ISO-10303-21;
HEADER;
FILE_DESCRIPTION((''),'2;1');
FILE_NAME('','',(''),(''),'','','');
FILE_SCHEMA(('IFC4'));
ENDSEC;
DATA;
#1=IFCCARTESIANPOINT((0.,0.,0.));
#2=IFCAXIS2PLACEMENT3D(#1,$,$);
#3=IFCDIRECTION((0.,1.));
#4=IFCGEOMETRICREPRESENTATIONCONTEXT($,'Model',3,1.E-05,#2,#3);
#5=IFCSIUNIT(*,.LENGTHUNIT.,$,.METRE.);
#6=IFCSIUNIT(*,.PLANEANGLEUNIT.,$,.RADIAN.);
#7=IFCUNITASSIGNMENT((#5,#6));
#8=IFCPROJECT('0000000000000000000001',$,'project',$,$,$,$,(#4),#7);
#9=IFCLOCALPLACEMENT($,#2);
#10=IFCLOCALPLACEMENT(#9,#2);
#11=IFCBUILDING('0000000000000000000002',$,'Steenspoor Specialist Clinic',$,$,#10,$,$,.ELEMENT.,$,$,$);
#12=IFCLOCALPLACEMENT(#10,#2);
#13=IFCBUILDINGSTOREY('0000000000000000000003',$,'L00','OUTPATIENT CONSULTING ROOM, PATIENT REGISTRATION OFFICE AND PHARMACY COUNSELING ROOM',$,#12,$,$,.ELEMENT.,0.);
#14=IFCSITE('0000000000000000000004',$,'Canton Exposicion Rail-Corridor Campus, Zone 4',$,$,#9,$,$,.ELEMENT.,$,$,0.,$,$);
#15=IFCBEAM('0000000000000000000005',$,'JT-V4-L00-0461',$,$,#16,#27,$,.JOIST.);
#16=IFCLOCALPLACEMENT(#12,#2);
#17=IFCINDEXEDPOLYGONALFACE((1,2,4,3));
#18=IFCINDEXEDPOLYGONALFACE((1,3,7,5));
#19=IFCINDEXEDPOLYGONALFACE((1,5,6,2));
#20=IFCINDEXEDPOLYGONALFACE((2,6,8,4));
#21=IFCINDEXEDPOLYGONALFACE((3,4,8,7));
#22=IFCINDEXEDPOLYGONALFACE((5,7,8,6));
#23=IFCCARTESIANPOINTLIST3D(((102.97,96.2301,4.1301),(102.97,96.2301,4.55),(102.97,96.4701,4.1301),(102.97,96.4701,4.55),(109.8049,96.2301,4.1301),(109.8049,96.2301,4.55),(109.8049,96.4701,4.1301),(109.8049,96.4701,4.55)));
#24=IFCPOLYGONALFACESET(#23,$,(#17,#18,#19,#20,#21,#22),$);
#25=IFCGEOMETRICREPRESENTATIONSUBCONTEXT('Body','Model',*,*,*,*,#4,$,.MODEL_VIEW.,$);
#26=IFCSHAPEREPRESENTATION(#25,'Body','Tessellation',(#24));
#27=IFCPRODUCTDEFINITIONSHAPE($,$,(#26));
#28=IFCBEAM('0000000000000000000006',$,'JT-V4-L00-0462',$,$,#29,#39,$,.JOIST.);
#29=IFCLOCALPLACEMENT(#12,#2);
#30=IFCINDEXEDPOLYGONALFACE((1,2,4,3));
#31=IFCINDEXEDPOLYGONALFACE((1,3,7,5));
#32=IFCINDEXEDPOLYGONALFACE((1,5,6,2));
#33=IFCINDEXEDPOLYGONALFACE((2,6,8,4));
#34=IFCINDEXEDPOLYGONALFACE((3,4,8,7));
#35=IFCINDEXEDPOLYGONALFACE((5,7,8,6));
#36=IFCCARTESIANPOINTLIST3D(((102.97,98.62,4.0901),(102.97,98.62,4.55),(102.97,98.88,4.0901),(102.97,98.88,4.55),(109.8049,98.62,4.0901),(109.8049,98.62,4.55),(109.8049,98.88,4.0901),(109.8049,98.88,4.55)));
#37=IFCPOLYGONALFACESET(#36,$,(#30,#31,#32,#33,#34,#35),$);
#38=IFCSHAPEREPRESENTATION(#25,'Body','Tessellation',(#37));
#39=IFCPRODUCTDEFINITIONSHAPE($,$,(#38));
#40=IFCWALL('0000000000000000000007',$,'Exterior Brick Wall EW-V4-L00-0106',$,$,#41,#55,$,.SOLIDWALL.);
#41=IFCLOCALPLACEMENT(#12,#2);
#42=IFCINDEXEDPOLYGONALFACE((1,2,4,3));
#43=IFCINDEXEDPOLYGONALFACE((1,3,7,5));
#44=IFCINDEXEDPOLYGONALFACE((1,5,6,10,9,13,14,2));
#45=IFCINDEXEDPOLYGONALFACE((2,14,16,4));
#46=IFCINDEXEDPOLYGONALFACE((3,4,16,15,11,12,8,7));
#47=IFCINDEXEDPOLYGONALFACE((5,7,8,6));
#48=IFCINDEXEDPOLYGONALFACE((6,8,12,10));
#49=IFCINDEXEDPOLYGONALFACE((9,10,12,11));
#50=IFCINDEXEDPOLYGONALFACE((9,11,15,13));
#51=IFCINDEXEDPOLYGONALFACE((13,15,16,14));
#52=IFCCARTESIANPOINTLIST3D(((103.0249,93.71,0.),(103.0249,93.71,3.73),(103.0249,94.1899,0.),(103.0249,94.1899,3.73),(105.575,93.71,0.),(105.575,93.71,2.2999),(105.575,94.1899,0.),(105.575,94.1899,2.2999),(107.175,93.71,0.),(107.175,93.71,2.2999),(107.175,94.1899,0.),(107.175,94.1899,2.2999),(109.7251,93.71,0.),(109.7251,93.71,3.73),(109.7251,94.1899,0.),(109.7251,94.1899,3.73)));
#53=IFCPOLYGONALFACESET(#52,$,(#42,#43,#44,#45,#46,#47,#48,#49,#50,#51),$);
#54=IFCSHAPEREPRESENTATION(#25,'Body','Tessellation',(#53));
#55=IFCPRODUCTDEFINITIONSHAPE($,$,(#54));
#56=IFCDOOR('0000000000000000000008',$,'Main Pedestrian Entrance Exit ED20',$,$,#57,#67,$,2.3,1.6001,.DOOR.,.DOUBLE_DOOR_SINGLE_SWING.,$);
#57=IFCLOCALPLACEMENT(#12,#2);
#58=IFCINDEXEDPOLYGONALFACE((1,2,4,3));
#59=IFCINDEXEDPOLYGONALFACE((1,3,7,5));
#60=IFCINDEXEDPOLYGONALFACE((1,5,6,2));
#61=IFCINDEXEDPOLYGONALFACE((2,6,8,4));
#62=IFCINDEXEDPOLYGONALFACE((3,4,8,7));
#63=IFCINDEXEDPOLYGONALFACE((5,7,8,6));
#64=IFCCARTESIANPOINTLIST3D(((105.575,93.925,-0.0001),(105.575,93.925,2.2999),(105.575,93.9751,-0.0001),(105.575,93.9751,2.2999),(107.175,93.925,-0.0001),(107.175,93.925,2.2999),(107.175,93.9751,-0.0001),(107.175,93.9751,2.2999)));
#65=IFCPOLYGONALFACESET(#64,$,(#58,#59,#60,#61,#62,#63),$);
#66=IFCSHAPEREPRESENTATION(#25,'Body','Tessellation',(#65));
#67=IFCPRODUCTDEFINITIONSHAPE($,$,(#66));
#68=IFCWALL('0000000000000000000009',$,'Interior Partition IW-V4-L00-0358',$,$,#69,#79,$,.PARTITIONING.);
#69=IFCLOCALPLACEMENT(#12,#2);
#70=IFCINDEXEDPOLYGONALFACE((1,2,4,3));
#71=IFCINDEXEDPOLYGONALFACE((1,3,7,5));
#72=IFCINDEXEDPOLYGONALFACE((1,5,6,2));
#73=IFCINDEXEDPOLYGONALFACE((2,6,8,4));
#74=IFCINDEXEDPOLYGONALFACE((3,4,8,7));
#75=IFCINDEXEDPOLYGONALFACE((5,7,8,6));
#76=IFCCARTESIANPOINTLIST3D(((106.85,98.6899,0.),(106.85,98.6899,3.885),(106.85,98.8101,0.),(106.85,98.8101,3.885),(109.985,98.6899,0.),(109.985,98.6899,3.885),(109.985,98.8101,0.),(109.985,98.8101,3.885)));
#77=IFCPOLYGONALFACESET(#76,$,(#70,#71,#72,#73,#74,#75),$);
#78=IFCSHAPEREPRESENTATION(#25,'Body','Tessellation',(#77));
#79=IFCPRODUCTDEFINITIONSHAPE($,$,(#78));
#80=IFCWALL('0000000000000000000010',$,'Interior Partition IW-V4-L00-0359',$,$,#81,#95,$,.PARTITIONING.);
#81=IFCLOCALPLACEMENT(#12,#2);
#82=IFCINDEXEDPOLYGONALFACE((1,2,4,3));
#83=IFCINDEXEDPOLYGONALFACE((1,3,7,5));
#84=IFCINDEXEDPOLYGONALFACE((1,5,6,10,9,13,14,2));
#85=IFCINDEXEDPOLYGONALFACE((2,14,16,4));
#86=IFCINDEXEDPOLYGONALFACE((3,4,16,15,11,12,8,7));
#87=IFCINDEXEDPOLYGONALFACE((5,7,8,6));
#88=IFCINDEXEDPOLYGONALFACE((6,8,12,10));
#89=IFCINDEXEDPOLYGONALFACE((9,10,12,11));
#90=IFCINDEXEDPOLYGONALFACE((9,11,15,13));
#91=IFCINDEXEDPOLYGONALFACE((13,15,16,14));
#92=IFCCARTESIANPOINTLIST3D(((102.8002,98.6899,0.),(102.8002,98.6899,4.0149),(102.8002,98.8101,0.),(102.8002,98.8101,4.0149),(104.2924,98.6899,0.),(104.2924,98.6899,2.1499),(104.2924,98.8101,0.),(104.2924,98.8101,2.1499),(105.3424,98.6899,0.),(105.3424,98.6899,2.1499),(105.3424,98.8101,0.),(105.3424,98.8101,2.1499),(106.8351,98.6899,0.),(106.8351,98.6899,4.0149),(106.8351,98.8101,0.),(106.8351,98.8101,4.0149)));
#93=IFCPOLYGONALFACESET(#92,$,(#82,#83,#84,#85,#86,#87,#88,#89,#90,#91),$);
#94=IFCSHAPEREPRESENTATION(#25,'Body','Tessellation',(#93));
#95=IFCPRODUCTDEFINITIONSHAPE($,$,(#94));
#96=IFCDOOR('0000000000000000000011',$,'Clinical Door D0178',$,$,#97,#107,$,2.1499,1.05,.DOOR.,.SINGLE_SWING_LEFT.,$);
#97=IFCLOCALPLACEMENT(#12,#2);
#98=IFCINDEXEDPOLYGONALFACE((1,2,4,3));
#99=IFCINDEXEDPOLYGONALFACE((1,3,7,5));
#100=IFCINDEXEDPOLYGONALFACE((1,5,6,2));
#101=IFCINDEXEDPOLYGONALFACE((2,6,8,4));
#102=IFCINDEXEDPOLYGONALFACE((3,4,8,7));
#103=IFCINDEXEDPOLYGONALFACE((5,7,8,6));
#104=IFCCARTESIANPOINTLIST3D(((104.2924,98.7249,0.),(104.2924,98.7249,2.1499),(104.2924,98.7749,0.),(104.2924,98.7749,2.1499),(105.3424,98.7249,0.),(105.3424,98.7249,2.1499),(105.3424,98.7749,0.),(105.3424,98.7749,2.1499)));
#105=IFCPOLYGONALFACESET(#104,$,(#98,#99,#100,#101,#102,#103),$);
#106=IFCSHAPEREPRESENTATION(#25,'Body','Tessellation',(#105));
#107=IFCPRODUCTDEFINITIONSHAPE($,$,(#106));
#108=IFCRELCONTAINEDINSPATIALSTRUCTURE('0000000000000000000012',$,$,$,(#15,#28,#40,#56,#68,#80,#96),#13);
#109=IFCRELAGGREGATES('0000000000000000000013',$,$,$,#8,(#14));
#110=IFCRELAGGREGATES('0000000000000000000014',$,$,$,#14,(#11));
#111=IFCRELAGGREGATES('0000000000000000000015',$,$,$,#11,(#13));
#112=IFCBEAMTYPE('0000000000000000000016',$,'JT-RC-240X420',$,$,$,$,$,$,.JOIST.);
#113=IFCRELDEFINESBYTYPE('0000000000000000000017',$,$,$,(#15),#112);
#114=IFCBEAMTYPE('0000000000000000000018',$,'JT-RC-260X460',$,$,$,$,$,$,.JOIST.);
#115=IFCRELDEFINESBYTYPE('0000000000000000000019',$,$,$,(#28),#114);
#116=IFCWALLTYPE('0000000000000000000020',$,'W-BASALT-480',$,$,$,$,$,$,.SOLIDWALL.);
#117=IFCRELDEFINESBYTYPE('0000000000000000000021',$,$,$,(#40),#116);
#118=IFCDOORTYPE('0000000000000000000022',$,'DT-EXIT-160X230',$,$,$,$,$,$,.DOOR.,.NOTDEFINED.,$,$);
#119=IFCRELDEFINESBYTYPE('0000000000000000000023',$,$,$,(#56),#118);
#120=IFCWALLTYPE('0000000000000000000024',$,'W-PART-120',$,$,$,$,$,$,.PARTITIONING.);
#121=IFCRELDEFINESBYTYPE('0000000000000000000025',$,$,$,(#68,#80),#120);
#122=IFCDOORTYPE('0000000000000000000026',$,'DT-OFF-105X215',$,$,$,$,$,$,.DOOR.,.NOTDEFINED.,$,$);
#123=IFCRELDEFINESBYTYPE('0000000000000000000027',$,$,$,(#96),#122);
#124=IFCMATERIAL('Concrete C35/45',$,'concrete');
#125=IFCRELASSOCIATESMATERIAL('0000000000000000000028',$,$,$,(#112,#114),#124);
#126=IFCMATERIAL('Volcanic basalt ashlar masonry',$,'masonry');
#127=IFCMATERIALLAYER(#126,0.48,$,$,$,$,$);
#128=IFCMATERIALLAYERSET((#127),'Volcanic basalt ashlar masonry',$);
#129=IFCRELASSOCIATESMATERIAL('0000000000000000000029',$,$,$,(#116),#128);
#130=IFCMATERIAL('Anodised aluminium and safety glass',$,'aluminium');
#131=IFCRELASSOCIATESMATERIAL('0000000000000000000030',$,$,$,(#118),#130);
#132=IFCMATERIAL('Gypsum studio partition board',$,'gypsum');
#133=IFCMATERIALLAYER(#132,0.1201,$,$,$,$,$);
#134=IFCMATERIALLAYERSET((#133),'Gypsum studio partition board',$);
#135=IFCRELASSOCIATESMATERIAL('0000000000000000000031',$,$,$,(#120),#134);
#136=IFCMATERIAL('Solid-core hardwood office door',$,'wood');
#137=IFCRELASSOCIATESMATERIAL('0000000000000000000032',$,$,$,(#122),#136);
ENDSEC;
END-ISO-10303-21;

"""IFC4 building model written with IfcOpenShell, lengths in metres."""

from ifc_helpers import new_model, si_unit, direction, frame, frame_2d, origin, origin_2d, place, context, subcontext, project, spatial, rectangle, extrude, material, layer, layer_set, material_profile, profile_set, type_object, element, fill, save


model = new_model("IFC4")

# Units and contexts
model_context = context("Model", 3, precision=1e-05, world=origin(), true_north=direction((0.0, 1.0)))
body_context = subcontext(model_context, "Body", "Model", "MODEL_VIEW")
ifc_project = project(units=[si_unit("LENGTHUNIT", "METRE"), si_unit("PLANEANGLEUNIT", "RADIAN")], contexts=[model_context])

# Site, building, storey
site_placement = place(None, origin())
site = spatial("IfcSite", under=ifc_project, at=site_placement, Name="Canton Exposicion Rail-Corridor Campus, Zone 4", CompositionType="ELEMENT", RefElevation=0.0)
building_placement = place(site_placement, origin())
building = spatial("IfcBuilding", under=site, at=building_placement, Name="Steenspoor Specialist Clinic", CompositionType="ELEMENT")
storey_placement = place(building_placement, origin())
storey = spatial("IfcBuildingStorey", under=building, at=storey_placement, Name="L00", Description="OUTPATIENT CONSULTING ROOM, PATIENT REGISTRATION OFFICE AND PHARMACY COUNSELING ROOM", CompositionType="ELEMENT", Elevation=0.0)

# Shared definitions
ifc_material_1 = material(Name="Concrete C35/45", Category="concrete")

# Beams
ifc_material_profile_1 = material_profile(ifc_material_1, rectangle(XDim=0.24, YDim=0.4199, at=origin_2d()), Name="RC-JT-240X420")
ifc_profile_set_1 = profile_set([ifc_material_profile_1], Name="Concrete C35/45")
beam_type_1 = type_object("IfcBeamType", Name="JT-RC-240X420", PredefinedType="JOIST", material=ifc_profile_set_1)
beam_1_placement = place(storey_placement, frame((102.97, 96.3501, 4.3401), z_axis=(1.0, 0.0, 0.0), x_axis=(0.0, 1.0, 0.0)))
element("IfcBeam", 1, at=beam_1_placement, inside=storey, type_object=beam_type_1, Name="JT-V4-L00-0461", PredefinedType="JOIST", context=body_context, shape_type="SweptSolid", body=[
    extrude(rectangle(XDim=0.24, YDim=0.4199, at=origin_2d()), origin(), (0.0, 0.0, 1.0), 6.835),
])
ifc_material_profile_2 = material_profile(ifc_material_1, rectangle(XDim=0.26, YDim=0.46, at=origin_2d()), Name="RC-JT-260X460")
ifc_profile_set_2 = profile_set([ifc_material_profile_2], Name="Concrete C35/45")
beam_type_2 = type_object("IfcBeamType", Name="JT-RC-260X460", PredefinedType="JOIST", material=ifc_profile_set_2)
beam_2_placement = place(storey_placement, frame((102.97, 98.75, 4.3201), z_axis=(1.0, 0.0, 0.0), x_axis=(0.0, 1.0, 0.0)))
element("IfcBeam", 2, at=beam_2_placement, inside=storey, type_object=beam_type_2, Name="JT-V4-L00-0462", PredefinedType="JOIST", context=body_context, shape_type="SweptSolid", body=[
    extrude(rectangle(XDim=0.26, YDim=0.46, at=origin_2d()), origin(), (0.0, 0.0, 1.0), 6.835),
])

# Wall, opening, door
ifc_material_2 = material(Name="Volcanic basalt ashlar masonry", Category="masonry")
ifc_layer_1 = layer(ifc_material_2, 0.48)
ifc_layer_set_1 = layer_set([ifc_layer_1], Name="Volcanic basalt ashlar masonry")
wall_type_1 = type_object("IfcWallType", Name="W-BASALT-480", PredefinedType="SOLIDWALL", material=ifc_layer_set_1)
wall_1_placement = place(storey_placement, frame((109.7251, 93.95, 0.0), z_axis=(0.0, 0.0, 1.0), x_axis=(-1.0, 0.0, 0.0)))
wall_1 = element("IfcWall", 3, at=wall_1_placement, inside=storey, type_object=wall_type_1, Name="Exterior Brick Wall EW-V4-L00-0106", PredefinedType="SOLIDWALL", context=body_context, shape_type="SweptSolid", body=[
    extrude(rectangle(XDim=6.7002, YDim=0.48, at=frame_2d((3.3501, 0.0))), origin(), (0.0, 0.0, 1.0), 3.73),
])
opening_1_placement = place(wall_1_placement, frame((2.55, 0.0, 0.0)))
opening_1 = element("IfcOpeningElement", 4, at=opening_1_placement, cuts=wall_1, PredefinedType="OPENING", context=body_context, shape_type="SweptSolid", body=[
    extrude(rectangle(XDim=1.6001, YDim=2.3, at=frame_2d((0.8, 1.1499))), frame((0.0, 0.25, 0.0), z_axis=(0.0, -1.0, 0.0), x_axis=(1.0, 0.0, 0.0)), (0.0, 0.0, 1.0), 0.5),
])
ifc_material_3 = material(Name="Anodised aluminium and safety glass", Category="aluminium")
door_type_1 = type_object("IfcDoorType", Name="DT-EXIT-160X230", OperationType="NOTDEFINED", PredefinedType="DOOR", material=ifc_material_3)
door_1_placement = place(opening_1_placement, origin())
door_1 = element("IfcDoor", 5, at=door_1_placement, inside=storey, type_object=door_type_1, Name="Main Pedestrian Entrance Exit ED20", OperationType="DOUBLE_DOOR_SINGLE_SWING", OverallHeight=2.3, OverallWidth=1.6001, PredefinedType="DOOR", context=body_context, shape_type="SweptSolid", body=[
    extrude(rectangle(XDim=1.6001, YDim=2.3, at=frame_2d((0.8, 1.1499))), frame((0.0, 0.0249, 0.0), z_axis=(0.0, -1.0, 0.0), x_axis=(1.0, 0.0, 0.0)), (0.0, 0.0, 1.0), 0.05),
])
fill(opening_1, door_1)

# Wall
ifc_material_4 = material(Name="Gypsum studio partition board", Category="gypsum")
ifc_layer_2 = layer(ifc_material_4, 0.1201)
ifc_layer_set_2 = layer_set([ifc_layer_2], Name="Gypsum studio partition board")
wall_type_2 = type_object("IfcWallType", Name="W-PART-120", PredefinedType="PARTITIONING", material=ifc_layer_set_2)
wall_2_placement = place(storey_placement, frame((106.8501, 98.75, 0.0), z_axis=(0.0, 0.0, 1.0), x_axis=(1.0, 0.0, 0.0)))
element("IfcWall", 6, at=wall_2_placement, inside=storey, type_object=wall_type_2, Name="Interior Partition IW-V4-L00-0358", PredefinedType="PARTITIONING", context=body_context, shape_type="SweptSolid", body=[
    extrude(rectangle(XDim=3.135, YDim=0.1201, at=frame_2d((1.5674, 0.0))), origin(), (0.0, 0.0, 1.0), 3.885),
])

# Wall, opening, door
wall_3_placement = place(storey_placement, frame((102.8, 98.75, 0.0), z_axis=(0.0, 0.0, 1.0), x_axis=(1.0, 0.0, 0.0)))
wall_3 = element("IfcWall", 7, at=wall_3_placement, inside=storey, type_object=wall_type_2, Name="Interior Partition IW-V4-L00-0359", PredefinedType="PARTITIONING", context=body_context, shape_type="SweptSolid", body=[
    extrude(rectangle(XDim=4.0349, YDim=0.1201, at=frame_2d((2.0176, 0.0))), origin(), (0.0, 0.0, 1.0), 4.0149),
])
opening_2_placement = place(wall_3_placement, frame((1.4924, 0.0, 0.0)))
opening_2 = element("IfcOpeningElement", 8, at=opening_2_placement, cuts=wall_3, PredefinedType="OPENING", context=body_context, shape_type="SweptSolid", body=[
    extrude(rectangle(XDim=1.05, YDim=2.1499, at=frame_2d((0.5249, 1.075))), frame((0.0, 0.0701, 0.0), z_axis=(0.0, -1.0, 0.0), x_axis=(1.0, 0.0, 0.0)), (0.0, 0.0, 1.0), 0.1401),
])
ifc_material_5 = material(Name="Solid-core hardwood office door", Category="wood")
door_type_2 = type_object("IfcDoorType", Name="DT-OFF-105X215", OperationType="NOTDEFINED", PredefinedType="DOOR", material=ifc_material_5)
door_2_placement = place(opening_2_placement, origin())
door_2 = element("IfcDoor", 9, at=door_2_placement, inside=storey, type_object=door_type_2, Name="Clinical Door D0178", OperationType="SINGLE_SWING_LEFT", OverallHeight=2.1499, OverallWidth=1.05, PredefinedType="DOOR", context=body_context, shape_type="SweptSolid", body=[
    extrude(rectangle(XDim=1.05, YDim=2.1499, at=frame_2d((0.5249, 1.075))), frame((0.0, 0.0249, 0.0), z_axis=(0.0, -1.0, 0.0), x_axis=(1.0, 0.0, 0.0)), (0.0, 0.0, 1.0), 0.05),
])
fill(opening_2, door_2)

save(model, "model.ifc")
